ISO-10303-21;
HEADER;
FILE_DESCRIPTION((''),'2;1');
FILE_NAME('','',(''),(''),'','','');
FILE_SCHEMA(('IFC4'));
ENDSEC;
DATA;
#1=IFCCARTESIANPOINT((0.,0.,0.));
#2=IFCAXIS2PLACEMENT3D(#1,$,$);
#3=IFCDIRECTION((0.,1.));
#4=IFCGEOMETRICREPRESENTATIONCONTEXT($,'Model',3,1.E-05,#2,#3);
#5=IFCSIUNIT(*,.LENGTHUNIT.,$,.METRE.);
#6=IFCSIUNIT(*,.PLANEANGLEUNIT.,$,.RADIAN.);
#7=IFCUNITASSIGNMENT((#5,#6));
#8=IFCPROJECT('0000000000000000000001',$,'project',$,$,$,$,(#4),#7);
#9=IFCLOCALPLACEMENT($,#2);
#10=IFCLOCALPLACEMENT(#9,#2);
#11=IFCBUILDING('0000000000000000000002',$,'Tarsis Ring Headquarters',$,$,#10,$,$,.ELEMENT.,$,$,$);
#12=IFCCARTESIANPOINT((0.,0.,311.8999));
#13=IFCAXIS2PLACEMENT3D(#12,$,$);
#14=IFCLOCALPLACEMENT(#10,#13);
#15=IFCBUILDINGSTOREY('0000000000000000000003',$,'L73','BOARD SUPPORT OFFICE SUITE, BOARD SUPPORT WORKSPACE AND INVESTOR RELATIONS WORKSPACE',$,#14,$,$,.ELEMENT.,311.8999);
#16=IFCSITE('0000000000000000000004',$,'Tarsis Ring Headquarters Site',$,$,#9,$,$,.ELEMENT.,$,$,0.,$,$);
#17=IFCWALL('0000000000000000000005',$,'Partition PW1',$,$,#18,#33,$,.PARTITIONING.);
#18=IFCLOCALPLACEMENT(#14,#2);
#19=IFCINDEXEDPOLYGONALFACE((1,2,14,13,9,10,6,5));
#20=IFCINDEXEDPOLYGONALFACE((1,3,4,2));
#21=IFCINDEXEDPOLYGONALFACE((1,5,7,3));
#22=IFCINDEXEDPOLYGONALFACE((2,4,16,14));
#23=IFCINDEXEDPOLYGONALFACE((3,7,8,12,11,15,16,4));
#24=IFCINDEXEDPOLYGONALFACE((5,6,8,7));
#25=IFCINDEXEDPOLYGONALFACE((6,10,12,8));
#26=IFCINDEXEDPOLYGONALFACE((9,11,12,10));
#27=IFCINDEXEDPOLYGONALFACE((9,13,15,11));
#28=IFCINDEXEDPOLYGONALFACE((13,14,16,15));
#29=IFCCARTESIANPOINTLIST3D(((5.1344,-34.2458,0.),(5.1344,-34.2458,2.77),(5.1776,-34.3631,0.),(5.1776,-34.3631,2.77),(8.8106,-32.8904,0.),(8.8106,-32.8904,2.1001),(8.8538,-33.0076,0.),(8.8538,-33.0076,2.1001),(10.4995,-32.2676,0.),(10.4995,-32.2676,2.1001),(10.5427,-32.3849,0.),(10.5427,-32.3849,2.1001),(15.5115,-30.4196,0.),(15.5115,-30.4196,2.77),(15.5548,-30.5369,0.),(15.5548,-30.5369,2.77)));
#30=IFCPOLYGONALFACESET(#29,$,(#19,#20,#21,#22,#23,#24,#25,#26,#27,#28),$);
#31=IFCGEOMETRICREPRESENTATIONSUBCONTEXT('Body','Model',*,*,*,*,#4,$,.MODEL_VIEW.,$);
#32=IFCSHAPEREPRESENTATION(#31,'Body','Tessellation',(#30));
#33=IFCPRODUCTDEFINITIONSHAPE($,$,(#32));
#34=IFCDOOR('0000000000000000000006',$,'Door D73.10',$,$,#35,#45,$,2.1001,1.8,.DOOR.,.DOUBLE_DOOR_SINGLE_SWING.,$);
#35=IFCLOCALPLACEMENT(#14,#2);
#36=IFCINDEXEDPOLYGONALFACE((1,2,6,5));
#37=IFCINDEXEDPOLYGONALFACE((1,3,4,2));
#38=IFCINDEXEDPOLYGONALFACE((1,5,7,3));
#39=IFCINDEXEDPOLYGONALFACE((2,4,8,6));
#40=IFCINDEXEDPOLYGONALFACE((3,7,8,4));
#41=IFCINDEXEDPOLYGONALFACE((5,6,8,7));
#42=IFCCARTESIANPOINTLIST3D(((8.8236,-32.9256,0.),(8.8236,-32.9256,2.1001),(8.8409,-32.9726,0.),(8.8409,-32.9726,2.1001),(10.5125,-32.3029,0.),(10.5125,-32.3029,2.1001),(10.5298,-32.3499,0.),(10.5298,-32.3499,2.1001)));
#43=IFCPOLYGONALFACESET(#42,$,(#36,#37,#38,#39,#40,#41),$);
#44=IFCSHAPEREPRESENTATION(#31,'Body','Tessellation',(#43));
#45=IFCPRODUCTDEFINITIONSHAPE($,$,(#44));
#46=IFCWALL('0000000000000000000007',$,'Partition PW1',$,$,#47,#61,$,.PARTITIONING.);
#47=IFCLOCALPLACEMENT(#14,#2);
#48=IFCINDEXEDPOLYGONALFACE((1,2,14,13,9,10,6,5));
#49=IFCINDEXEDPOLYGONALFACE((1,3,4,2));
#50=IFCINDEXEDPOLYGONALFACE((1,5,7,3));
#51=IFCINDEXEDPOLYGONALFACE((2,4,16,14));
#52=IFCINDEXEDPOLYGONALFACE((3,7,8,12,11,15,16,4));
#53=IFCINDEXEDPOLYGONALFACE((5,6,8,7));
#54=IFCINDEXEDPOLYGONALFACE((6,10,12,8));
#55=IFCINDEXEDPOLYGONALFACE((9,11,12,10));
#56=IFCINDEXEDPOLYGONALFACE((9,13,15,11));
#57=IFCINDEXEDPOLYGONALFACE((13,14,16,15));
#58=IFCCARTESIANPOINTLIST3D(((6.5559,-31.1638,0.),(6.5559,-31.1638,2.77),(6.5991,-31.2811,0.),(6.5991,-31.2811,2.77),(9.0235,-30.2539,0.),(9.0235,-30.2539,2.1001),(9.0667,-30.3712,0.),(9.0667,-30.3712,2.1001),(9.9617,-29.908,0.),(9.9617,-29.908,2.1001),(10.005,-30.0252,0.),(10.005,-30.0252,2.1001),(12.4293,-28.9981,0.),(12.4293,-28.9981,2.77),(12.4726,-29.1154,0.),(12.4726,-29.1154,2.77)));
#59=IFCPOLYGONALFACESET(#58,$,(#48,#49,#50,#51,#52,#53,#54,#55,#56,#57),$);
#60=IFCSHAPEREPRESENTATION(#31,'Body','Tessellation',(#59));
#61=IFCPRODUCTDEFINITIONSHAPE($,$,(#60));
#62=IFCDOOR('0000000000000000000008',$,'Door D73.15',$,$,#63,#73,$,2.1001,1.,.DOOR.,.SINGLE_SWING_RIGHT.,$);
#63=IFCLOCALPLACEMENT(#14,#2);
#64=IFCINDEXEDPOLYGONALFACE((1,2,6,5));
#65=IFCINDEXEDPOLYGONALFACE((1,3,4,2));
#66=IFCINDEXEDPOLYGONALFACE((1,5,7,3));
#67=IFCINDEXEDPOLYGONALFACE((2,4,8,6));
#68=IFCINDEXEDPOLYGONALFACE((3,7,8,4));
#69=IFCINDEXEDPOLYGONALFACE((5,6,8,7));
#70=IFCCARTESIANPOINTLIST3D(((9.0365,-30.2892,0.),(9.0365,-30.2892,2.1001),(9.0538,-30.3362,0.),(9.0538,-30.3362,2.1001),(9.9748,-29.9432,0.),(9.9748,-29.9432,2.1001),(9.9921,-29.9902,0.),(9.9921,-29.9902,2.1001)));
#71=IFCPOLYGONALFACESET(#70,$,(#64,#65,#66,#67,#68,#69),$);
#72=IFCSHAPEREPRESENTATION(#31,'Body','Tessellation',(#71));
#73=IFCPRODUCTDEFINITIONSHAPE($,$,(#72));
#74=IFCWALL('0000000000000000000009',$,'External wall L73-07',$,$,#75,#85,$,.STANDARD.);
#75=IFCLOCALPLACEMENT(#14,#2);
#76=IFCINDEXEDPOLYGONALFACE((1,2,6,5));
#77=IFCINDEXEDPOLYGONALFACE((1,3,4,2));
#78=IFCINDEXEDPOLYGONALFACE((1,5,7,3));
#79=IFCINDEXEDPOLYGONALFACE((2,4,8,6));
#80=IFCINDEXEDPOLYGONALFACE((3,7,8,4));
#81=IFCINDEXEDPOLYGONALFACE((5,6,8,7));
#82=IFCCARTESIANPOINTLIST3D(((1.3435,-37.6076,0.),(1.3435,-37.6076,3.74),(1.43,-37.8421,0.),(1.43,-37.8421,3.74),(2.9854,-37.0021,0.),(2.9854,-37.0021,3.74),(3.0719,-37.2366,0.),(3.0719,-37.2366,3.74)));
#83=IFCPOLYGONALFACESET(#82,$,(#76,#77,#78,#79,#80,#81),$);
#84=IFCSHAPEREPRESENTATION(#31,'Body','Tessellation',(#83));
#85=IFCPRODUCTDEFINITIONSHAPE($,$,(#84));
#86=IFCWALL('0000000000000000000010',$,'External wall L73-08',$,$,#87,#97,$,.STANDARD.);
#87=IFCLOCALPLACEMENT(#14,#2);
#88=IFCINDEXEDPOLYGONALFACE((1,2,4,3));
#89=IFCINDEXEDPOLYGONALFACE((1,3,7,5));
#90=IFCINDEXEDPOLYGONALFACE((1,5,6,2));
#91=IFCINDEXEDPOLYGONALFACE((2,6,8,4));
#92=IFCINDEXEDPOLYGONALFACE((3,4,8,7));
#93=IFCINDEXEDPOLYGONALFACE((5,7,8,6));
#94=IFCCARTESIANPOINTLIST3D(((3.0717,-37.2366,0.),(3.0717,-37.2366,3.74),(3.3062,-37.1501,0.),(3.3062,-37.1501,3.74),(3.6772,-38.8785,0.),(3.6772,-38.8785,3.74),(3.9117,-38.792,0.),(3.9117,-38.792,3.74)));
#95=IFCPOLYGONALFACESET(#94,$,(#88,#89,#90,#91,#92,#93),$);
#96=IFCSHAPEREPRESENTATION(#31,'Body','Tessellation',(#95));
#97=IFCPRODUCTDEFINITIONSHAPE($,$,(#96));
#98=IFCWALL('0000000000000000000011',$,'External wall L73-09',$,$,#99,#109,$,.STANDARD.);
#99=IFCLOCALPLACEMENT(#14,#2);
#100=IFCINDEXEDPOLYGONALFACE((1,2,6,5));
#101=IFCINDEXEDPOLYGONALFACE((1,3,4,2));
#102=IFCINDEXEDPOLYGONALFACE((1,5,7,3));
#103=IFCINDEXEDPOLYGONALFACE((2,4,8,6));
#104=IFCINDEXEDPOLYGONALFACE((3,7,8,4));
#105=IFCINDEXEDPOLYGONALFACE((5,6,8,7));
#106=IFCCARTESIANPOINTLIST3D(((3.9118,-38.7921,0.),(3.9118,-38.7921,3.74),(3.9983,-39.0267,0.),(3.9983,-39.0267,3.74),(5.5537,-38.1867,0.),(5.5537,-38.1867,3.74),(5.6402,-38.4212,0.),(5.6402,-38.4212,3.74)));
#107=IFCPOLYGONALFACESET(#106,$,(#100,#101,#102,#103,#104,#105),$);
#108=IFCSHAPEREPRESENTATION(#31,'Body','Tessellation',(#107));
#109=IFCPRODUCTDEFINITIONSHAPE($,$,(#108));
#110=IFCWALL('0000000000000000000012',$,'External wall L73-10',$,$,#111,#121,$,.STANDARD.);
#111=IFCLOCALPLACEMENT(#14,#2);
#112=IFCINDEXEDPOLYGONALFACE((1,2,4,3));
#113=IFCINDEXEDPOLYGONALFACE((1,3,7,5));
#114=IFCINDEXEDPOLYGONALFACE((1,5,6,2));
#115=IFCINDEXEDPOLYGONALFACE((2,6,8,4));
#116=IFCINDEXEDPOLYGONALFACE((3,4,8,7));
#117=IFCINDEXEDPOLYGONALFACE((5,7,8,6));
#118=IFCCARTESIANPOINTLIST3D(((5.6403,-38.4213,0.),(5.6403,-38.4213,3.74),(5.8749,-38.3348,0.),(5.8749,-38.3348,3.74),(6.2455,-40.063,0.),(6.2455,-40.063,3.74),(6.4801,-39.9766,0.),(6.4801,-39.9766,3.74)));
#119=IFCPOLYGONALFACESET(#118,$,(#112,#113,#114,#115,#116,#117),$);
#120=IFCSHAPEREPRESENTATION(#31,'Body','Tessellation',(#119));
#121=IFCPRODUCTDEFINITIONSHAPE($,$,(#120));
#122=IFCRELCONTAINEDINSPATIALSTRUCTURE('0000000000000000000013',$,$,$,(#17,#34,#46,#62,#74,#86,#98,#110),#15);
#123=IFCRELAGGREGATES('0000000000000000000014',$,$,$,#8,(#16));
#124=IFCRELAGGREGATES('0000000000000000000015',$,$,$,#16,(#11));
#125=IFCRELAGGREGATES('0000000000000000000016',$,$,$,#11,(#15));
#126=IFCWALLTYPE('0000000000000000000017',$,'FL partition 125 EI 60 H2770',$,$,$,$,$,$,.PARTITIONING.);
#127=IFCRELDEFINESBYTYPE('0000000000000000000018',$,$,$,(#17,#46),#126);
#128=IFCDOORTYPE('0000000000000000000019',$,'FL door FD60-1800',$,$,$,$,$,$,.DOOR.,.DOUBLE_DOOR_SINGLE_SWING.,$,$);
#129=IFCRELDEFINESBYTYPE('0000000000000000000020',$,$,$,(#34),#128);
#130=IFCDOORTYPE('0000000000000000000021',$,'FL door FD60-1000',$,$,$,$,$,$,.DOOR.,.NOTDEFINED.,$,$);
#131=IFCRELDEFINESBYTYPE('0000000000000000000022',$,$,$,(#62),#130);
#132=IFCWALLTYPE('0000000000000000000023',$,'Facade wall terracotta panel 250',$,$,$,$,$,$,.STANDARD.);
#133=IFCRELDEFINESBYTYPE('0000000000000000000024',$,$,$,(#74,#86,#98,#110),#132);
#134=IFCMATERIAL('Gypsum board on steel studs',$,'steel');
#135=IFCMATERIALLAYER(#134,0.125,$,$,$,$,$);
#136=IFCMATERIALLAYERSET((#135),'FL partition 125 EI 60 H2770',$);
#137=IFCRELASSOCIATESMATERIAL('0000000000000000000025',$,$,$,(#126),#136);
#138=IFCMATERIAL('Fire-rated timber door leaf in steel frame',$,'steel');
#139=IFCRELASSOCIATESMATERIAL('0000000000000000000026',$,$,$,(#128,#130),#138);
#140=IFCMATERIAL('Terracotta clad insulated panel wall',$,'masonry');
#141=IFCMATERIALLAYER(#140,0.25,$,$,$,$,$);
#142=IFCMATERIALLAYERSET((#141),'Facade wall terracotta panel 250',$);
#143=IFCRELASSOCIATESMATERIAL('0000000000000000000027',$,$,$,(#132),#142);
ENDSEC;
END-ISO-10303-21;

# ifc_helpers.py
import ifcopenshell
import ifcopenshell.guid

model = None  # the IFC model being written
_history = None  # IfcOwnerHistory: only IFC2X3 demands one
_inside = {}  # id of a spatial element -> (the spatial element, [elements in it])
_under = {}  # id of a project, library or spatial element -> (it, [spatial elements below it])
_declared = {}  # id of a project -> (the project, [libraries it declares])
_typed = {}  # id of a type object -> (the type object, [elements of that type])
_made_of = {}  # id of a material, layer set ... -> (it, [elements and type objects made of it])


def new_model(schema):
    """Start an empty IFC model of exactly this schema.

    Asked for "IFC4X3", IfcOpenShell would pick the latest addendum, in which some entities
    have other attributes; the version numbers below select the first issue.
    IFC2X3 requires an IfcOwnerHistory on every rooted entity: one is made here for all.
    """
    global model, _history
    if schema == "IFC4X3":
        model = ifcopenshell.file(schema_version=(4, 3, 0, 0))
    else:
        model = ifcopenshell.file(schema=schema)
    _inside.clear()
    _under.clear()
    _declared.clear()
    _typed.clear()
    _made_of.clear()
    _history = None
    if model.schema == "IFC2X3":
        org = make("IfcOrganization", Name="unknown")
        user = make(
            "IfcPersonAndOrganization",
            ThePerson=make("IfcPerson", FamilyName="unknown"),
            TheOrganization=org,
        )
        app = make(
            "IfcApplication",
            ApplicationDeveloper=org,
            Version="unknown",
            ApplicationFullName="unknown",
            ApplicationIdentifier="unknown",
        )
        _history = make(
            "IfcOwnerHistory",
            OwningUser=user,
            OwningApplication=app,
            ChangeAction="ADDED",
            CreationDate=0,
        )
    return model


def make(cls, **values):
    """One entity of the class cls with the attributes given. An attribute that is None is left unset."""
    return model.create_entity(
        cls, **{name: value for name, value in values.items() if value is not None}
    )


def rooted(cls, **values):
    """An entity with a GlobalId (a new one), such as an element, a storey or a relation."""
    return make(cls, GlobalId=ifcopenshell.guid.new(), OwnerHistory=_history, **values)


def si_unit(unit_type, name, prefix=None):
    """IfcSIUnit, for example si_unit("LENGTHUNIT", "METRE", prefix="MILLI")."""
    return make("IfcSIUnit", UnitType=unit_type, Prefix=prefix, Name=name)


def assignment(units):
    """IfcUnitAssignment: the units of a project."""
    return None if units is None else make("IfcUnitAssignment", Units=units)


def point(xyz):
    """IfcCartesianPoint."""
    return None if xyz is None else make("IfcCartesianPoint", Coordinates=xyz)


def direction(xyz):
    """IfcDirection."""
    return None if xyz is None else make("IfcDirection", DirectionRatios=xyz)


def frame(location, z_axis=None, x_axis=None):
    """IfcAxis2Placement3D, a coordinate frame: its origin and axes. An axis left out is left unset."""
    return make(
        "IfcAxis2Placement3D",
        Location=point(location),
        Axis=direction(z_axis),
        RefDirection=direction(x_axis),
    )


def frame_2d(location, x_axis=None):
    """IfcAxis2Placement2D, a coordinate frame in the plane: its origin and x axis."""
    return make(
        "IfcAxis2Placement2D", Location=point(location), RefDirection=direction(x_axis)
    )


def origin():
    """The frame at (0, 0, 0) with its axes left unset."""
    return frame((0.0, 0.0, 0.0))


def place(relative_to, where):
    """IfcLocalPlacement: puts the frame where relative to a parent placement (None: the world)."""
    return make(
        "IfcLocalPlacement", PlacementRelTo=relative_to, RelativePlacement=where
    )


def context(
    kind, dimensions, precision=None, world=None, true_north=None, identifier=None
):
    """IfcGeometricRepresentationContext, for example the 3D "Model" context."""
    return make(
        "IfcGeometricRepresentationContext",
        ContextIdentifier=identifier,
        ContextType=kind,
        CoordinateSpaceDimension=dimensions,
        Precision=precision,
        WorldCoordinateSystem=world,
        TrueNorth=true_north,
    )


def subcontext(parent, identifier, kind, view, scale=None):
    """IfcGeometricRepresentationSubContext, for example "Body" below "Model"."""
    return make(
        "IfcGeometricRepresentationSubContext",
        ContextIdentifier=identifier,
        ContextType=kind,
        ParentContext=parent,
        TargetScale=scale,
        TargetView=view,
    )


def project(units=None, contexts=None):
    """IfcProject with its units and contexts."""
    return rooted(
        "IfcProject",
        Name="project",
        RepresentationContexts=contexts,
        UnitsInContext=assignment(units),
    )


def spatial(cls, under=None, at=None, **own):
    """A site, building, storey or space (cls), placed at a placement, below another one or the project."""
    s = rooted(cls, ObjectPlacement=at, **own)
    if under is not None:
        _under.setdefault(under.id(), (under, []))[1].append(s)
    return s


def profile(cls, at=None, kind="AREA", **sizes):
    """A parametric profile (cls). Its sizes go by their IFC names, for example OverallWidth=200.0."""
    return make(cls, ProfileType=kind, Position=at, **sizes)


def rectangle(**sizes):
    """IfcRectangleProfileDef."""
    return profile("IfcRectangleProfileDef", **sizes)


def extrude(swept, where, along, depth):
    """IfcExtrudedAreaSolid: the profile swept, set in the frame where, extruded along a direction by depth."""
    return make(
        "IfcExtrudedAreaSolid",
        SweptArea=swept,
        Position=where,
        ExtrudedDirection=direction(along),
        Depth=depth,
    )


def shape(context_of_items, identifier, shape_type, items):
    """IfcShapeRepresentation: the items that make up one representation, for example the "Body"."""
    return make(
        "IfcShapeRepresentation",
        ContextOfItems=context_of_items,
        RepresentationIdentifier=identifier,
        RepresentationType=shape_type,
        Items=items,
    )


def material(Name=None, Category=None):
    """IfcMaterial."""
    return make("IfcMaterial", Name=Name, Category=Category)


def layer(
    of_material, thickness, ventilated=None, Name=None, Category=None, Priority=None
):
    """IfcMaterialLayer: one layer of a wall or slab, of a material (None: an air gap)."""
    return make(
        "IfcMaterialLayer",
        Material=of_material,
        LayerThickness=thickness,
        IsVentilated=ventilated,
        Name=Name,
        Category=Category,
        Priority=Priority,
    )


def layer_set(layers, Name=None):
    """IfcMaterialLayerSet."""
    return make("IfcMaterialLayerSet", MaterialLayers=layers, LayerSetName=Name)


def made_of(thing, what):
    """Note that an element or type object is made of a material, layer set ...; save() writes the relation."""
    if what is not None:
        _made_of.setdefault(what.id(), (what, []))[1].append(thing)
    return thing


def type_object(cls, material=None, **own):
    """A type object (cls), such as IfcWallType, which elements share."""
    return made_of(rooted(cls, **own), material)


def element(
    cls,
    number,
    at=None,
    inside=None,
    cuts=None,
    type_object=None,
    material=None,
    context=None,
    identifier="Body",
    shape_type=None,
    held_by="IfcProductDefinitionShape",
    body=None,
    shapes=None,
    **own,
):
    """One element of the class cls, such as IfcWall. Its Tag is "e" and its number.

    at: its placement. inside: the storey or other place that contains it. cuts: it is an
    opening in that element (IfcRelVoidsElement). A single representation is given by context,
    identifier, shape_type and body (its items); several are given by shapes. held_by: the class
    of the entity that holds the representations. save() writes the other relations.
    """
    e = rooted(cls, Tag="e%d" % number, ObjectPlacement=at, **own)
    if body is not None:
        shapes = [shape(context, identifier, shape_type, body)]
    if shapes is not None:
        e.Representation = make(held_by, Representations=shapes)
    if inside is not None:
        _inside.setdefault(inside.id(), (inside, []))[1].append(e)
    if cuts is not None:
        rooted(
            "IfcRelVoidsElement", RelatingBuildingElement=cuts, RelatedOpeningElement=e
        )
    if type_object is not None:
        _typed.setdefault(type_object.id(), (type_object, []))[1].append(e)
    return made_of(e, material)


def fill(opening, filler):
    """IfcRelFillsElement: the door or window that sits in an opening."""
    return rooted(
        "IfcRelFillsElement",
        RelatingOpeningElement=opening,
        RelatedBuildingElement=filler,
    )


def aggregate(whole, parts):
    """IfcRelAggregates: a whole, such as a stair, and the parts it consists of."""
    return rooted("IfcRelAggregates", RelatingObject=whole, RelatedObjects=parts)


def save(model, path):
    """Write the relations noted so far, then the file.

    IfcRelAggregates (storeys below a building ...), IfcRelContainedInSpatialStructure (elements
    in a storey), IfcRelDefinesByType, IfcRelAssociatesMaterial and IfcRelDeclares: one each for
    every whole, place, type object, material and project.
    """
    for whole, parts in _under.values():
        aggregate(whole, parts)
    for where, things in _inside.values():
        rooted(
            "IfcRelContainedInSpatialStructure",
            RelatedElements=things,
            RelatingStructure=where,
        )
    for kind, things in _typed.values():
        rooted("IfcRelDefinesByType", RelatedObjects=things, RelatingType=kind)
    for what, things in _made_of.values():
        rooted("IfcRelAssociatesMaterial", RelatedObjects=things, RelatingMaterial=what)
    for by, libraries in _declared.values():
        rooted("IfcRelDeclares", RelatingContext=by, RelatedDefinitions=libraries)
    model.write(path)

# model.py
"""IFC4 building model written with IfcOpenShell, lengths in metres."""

from ifc_helpers import new_model, si_unit, direction, frame, frame_2d, origin, place, context, subcontext, project, spatial, rectangle, extrude, material, layer, layer_set, type_object, element, fill, save


model = new_model("IFC4")

# Units and contexts
model_context = context("Model", 3, precision=1e-05, world=origin(), true_north=direction((0.0, 1.0)))
body_context = subcontext(model_context, "Body", "Model", "MODEL_VIEW")
ifc_project = project(units=[si_unit("LENGTHUNIT", "METRE"), si_unit("PLANEANGLEUNIT", "RADIAN")], contexts=[model_context])

# Site, building, storey
site_placement = place(None, origin())
site = spatial("IfcSite", under=ifc_project, at=site_placement, Name="Tarsis Ring Headquarters Site", CompositionType="ELEMENT", RefElevation=0.0)
building_placement = place(site_placement, origin())
building = spatial("IfcBuilding", under=site, at=building_placement, Name="Tarsis Ring Headquarters", CompositionType="ELEMENT")
storey_placement = place(building_placement, frame((0.0, 0.0, 311.8999)))
storey = spatial("IfcBuildingStorey", under=building, at=storey_placement, Name="L73", Description="BOARD SUPPORT OFFICE SUITE, BOARD SUPPORT WORKSPACE AND INVESTOR RELATIONS WORKSPACE", CompositionType="ELEMENT", Elevation=311.8999)

# Shared definitions
ifc_material_1 = material(Name="Gypsum board on steel studs", Category="steel")

# Walls, openings, doors
ifc_layer_1 = layer(ifc_material_1, 0.125)
ifc_layer_set_1 = layer_set([ifc_layer_1], Name="FL partition 125 EI 60 H2770")
wall_type_1 = type_object("IfcWallType", Name="FL partition 125 EI 60 H2770", PredefinedType="PARTITIONING", material=ifc_layer_set_1)
wall_1_placement = place(storey_placement, frame((5.156, -34.3044, 0.0), z_axis=(0.0, 0.0, 1.0), x_axis=(0.938255, 0.345944, 0.0)))
wall_1 = element("IfcWall", 1, at=wall_1_placement, inside=storey, type_object=wall_type_1, Name="Partition PW1", PredefinedType="PARTITIONING", context=body_context, shape_type="SweptSolid", body=[
    extrude(rectangle(XDim=11.0601, YDim=0.125, at=frame_2d((5.53, 0.0))), origin(), (0.0, 0.0, 1.0), 2.77),
])
opening_1_placement = place(wall_1_placement, frame((3.9182, 0.0, 0.0)))
opening_1 = element("IfcOpeningElement", 2, at=opening_1_placement, cuts=wall_1, PredefinedType="OPENING", context=body_context, shape_type="SweptSolid", body=[
    extrude(rectangle(XDim=1.8, YDim=2.1001, at=frame_2d((0.8999, 1.05))), frame((0.0, 0.0725, 0.0), z_axis=(0.0, -1.0, 0.0), x_axis=(1.0, 0.0, 0.0)), (0.0, 0.0, 1.0), 0.145),
])
ifc_material_2 = material(Name="Fire-rated timber door leaf in steel frame", Category="steel")
door_type_1 = type_object("IfcDoorType", Name="FL door FD60-1800", OperationType="DOUBLE_DOOR_SINGLE_SWING", PredefinedType="DOOR", material=ifc_material_2)
door_1_placement = place(opening_1_placement, origin())
door_1 = element("IfcDoor", 3, at=door_1_placement, inside=storey, type_object=door_type_1, Name="Door D73.10", OperationType="DOUBLE_DOOR_SINGLE_SWING", OverallHeight=2.1001, OverallWidth=1.8, PredefinedType="DOOR", context=body_context, shape_type="SweptSolid", body=[
    extrude(rectangle(XDim=1.8, YDim=2.1001, at=frame_2d((0.8999, 1.05))), frame((0.0, 0.0249, 0.0), z_axis=(0.0, -1.0, 0.0), x_axis=(1.0, 0.0, 0.0)), (0.0, 0.0, 1.0), 0.05),
])
fill(opening_1, door_1)
wall_2_placement = place(storey_placement, frame((6.5776, -31.2224, 0.0), z_axis=(0.0, 0.0, 1.0), x_axis=(0.938248, 0.345964, 0.0)))
wall_2 = element("IfcWall", 4, at=wall_2_placement, inside=storey, type_object=wall_type_1, Name="Partition PW1", PredefinedType="PARTITIONING", context=body_context, shape_type="SweptSolid", body=[
    extrude(rectangle(XDim=6.26, YDim=0.125, at=frame_2d((3.1299, 0.0))), origin(), (0.0, 0.0, 1.0), 2.77),
])
opening_2_placement = place(wall_2_placement, frame((2.6299, 0.0, 0.0)))
opening_2 = element("IfcOpeningElement", 5, at=opening_2_placement, cuts=wall_2, PredefinedType="OPENING", context=body_context, shape_type="SweptSolid", body=[
    extrude(rectangle(XDim=1.0, YDim=2.1001, at=frame_2d((0.5, 1.05))), frame((0.0, 0.0725, 0.0), z_axis=(0.0, -1.0, 0.0), x_axis=(1.0, 0.0, 0.0)), (0.0, 0.0, 1.0), 0.145),
])
door_type_2 = type_object("IfcDoorType", Name="FL door FD60-1000", OperationType="NOTDEFINED", PredefinedType="DOOR", material=ifc_material_2)
door_2_placement = place(opening_2_placement, origin())
door_2 = element("IfcDoor", 6, at=door_2_placement, inside=storey, type_object=door_type_2, Name="Door D73.15", OperationType="SINGLE_SWING_RIGHT", OverallHeight=2.1001, OverallWidth=1.0, PredefinedType="DOOR", context=body_context, shape_type="SweptSolid", body=[
    extrude(rectangle(XDim=1.0, YDim=2.1001, at=frame_2d((0.5, 1.05))), frame((0.0, 0.0249, 0.0), z_axis=(0.0, -1.0, 0.0), x_axis=(1.0, 0.0, 0.0)), (0.0, 0.0, 1.0), 0.05),
])
fill(opening_2, door_2)

# Walls
ifc_material_3 = material(Name="Terracotta clad insulated panel wall", Category="masonry")
ifc_layer_2 = layer(ifc_material_3, 0.25)
ifc_layer_set_2 = layer_set([ifc_layer_2], Name="Facade wall terracotta panel 250")
wall_type_2 = type_object("IfcWallType", Name="Facade wall terracotta panel 250", PredefinedType="STANDARD", material=ifc_layer_set_2)
for number, where, z_axis, x_axis, name in (
    (7, (1.3867, -37.7249, 0.0), (0.0, 0.0, 1.0), (0.938236, 0.345996, 0.0), "External wall L73-07"),
    (8, (3.189, -37.1934, 0.0), (0.0, 0.0, 1.0), (0.345996, -0.938236, 0.0), "External wall L73-08"),
    (9, (3.9551, -38.9094, 0.0), (0.0, 0.0, 1.0), (0.938236, 0.345996, 0.0), "External wall L73-09"),
):
    element("IfcWall", number, at=place(storey_placement, frame(where, z_axis=z_axis, x_axis=x_axis)), inside=storey, type_object=wall_type_2, Name=name, PredefinedType="STANDARD", context=body_context, shape_type="SweptSolid", body=[
        extrude(rectangle(XDim=1.75, YDim=0.25, at=frame_2d((0.875, 0.0))), origin(), (0.0, 0.0, 1.0), 3.74),
    ])
wall_3_placement = place(storey_placement, frame((5.7576, -38.3779, 0.0), z_axis=(0.0, 0.0, 1.0), x_axis=(0.345873, -0.938281, 0.0)))
element("IfcWall", 10, at=wall_3_placement, inside=storey, type_object=wall_type_2, Name="External wall L73-10", PredefinedType="STANDARD", context=body_context, shape_type="SweptSolid", body=[
    extrude(rectangle(XDim=1.7498, YDim=0.25, at=frame_2d((0.875, 0.0))), origin(), (0.0, 0.0, 1.0), 3.74),
])

save(model, "model.ifc")
